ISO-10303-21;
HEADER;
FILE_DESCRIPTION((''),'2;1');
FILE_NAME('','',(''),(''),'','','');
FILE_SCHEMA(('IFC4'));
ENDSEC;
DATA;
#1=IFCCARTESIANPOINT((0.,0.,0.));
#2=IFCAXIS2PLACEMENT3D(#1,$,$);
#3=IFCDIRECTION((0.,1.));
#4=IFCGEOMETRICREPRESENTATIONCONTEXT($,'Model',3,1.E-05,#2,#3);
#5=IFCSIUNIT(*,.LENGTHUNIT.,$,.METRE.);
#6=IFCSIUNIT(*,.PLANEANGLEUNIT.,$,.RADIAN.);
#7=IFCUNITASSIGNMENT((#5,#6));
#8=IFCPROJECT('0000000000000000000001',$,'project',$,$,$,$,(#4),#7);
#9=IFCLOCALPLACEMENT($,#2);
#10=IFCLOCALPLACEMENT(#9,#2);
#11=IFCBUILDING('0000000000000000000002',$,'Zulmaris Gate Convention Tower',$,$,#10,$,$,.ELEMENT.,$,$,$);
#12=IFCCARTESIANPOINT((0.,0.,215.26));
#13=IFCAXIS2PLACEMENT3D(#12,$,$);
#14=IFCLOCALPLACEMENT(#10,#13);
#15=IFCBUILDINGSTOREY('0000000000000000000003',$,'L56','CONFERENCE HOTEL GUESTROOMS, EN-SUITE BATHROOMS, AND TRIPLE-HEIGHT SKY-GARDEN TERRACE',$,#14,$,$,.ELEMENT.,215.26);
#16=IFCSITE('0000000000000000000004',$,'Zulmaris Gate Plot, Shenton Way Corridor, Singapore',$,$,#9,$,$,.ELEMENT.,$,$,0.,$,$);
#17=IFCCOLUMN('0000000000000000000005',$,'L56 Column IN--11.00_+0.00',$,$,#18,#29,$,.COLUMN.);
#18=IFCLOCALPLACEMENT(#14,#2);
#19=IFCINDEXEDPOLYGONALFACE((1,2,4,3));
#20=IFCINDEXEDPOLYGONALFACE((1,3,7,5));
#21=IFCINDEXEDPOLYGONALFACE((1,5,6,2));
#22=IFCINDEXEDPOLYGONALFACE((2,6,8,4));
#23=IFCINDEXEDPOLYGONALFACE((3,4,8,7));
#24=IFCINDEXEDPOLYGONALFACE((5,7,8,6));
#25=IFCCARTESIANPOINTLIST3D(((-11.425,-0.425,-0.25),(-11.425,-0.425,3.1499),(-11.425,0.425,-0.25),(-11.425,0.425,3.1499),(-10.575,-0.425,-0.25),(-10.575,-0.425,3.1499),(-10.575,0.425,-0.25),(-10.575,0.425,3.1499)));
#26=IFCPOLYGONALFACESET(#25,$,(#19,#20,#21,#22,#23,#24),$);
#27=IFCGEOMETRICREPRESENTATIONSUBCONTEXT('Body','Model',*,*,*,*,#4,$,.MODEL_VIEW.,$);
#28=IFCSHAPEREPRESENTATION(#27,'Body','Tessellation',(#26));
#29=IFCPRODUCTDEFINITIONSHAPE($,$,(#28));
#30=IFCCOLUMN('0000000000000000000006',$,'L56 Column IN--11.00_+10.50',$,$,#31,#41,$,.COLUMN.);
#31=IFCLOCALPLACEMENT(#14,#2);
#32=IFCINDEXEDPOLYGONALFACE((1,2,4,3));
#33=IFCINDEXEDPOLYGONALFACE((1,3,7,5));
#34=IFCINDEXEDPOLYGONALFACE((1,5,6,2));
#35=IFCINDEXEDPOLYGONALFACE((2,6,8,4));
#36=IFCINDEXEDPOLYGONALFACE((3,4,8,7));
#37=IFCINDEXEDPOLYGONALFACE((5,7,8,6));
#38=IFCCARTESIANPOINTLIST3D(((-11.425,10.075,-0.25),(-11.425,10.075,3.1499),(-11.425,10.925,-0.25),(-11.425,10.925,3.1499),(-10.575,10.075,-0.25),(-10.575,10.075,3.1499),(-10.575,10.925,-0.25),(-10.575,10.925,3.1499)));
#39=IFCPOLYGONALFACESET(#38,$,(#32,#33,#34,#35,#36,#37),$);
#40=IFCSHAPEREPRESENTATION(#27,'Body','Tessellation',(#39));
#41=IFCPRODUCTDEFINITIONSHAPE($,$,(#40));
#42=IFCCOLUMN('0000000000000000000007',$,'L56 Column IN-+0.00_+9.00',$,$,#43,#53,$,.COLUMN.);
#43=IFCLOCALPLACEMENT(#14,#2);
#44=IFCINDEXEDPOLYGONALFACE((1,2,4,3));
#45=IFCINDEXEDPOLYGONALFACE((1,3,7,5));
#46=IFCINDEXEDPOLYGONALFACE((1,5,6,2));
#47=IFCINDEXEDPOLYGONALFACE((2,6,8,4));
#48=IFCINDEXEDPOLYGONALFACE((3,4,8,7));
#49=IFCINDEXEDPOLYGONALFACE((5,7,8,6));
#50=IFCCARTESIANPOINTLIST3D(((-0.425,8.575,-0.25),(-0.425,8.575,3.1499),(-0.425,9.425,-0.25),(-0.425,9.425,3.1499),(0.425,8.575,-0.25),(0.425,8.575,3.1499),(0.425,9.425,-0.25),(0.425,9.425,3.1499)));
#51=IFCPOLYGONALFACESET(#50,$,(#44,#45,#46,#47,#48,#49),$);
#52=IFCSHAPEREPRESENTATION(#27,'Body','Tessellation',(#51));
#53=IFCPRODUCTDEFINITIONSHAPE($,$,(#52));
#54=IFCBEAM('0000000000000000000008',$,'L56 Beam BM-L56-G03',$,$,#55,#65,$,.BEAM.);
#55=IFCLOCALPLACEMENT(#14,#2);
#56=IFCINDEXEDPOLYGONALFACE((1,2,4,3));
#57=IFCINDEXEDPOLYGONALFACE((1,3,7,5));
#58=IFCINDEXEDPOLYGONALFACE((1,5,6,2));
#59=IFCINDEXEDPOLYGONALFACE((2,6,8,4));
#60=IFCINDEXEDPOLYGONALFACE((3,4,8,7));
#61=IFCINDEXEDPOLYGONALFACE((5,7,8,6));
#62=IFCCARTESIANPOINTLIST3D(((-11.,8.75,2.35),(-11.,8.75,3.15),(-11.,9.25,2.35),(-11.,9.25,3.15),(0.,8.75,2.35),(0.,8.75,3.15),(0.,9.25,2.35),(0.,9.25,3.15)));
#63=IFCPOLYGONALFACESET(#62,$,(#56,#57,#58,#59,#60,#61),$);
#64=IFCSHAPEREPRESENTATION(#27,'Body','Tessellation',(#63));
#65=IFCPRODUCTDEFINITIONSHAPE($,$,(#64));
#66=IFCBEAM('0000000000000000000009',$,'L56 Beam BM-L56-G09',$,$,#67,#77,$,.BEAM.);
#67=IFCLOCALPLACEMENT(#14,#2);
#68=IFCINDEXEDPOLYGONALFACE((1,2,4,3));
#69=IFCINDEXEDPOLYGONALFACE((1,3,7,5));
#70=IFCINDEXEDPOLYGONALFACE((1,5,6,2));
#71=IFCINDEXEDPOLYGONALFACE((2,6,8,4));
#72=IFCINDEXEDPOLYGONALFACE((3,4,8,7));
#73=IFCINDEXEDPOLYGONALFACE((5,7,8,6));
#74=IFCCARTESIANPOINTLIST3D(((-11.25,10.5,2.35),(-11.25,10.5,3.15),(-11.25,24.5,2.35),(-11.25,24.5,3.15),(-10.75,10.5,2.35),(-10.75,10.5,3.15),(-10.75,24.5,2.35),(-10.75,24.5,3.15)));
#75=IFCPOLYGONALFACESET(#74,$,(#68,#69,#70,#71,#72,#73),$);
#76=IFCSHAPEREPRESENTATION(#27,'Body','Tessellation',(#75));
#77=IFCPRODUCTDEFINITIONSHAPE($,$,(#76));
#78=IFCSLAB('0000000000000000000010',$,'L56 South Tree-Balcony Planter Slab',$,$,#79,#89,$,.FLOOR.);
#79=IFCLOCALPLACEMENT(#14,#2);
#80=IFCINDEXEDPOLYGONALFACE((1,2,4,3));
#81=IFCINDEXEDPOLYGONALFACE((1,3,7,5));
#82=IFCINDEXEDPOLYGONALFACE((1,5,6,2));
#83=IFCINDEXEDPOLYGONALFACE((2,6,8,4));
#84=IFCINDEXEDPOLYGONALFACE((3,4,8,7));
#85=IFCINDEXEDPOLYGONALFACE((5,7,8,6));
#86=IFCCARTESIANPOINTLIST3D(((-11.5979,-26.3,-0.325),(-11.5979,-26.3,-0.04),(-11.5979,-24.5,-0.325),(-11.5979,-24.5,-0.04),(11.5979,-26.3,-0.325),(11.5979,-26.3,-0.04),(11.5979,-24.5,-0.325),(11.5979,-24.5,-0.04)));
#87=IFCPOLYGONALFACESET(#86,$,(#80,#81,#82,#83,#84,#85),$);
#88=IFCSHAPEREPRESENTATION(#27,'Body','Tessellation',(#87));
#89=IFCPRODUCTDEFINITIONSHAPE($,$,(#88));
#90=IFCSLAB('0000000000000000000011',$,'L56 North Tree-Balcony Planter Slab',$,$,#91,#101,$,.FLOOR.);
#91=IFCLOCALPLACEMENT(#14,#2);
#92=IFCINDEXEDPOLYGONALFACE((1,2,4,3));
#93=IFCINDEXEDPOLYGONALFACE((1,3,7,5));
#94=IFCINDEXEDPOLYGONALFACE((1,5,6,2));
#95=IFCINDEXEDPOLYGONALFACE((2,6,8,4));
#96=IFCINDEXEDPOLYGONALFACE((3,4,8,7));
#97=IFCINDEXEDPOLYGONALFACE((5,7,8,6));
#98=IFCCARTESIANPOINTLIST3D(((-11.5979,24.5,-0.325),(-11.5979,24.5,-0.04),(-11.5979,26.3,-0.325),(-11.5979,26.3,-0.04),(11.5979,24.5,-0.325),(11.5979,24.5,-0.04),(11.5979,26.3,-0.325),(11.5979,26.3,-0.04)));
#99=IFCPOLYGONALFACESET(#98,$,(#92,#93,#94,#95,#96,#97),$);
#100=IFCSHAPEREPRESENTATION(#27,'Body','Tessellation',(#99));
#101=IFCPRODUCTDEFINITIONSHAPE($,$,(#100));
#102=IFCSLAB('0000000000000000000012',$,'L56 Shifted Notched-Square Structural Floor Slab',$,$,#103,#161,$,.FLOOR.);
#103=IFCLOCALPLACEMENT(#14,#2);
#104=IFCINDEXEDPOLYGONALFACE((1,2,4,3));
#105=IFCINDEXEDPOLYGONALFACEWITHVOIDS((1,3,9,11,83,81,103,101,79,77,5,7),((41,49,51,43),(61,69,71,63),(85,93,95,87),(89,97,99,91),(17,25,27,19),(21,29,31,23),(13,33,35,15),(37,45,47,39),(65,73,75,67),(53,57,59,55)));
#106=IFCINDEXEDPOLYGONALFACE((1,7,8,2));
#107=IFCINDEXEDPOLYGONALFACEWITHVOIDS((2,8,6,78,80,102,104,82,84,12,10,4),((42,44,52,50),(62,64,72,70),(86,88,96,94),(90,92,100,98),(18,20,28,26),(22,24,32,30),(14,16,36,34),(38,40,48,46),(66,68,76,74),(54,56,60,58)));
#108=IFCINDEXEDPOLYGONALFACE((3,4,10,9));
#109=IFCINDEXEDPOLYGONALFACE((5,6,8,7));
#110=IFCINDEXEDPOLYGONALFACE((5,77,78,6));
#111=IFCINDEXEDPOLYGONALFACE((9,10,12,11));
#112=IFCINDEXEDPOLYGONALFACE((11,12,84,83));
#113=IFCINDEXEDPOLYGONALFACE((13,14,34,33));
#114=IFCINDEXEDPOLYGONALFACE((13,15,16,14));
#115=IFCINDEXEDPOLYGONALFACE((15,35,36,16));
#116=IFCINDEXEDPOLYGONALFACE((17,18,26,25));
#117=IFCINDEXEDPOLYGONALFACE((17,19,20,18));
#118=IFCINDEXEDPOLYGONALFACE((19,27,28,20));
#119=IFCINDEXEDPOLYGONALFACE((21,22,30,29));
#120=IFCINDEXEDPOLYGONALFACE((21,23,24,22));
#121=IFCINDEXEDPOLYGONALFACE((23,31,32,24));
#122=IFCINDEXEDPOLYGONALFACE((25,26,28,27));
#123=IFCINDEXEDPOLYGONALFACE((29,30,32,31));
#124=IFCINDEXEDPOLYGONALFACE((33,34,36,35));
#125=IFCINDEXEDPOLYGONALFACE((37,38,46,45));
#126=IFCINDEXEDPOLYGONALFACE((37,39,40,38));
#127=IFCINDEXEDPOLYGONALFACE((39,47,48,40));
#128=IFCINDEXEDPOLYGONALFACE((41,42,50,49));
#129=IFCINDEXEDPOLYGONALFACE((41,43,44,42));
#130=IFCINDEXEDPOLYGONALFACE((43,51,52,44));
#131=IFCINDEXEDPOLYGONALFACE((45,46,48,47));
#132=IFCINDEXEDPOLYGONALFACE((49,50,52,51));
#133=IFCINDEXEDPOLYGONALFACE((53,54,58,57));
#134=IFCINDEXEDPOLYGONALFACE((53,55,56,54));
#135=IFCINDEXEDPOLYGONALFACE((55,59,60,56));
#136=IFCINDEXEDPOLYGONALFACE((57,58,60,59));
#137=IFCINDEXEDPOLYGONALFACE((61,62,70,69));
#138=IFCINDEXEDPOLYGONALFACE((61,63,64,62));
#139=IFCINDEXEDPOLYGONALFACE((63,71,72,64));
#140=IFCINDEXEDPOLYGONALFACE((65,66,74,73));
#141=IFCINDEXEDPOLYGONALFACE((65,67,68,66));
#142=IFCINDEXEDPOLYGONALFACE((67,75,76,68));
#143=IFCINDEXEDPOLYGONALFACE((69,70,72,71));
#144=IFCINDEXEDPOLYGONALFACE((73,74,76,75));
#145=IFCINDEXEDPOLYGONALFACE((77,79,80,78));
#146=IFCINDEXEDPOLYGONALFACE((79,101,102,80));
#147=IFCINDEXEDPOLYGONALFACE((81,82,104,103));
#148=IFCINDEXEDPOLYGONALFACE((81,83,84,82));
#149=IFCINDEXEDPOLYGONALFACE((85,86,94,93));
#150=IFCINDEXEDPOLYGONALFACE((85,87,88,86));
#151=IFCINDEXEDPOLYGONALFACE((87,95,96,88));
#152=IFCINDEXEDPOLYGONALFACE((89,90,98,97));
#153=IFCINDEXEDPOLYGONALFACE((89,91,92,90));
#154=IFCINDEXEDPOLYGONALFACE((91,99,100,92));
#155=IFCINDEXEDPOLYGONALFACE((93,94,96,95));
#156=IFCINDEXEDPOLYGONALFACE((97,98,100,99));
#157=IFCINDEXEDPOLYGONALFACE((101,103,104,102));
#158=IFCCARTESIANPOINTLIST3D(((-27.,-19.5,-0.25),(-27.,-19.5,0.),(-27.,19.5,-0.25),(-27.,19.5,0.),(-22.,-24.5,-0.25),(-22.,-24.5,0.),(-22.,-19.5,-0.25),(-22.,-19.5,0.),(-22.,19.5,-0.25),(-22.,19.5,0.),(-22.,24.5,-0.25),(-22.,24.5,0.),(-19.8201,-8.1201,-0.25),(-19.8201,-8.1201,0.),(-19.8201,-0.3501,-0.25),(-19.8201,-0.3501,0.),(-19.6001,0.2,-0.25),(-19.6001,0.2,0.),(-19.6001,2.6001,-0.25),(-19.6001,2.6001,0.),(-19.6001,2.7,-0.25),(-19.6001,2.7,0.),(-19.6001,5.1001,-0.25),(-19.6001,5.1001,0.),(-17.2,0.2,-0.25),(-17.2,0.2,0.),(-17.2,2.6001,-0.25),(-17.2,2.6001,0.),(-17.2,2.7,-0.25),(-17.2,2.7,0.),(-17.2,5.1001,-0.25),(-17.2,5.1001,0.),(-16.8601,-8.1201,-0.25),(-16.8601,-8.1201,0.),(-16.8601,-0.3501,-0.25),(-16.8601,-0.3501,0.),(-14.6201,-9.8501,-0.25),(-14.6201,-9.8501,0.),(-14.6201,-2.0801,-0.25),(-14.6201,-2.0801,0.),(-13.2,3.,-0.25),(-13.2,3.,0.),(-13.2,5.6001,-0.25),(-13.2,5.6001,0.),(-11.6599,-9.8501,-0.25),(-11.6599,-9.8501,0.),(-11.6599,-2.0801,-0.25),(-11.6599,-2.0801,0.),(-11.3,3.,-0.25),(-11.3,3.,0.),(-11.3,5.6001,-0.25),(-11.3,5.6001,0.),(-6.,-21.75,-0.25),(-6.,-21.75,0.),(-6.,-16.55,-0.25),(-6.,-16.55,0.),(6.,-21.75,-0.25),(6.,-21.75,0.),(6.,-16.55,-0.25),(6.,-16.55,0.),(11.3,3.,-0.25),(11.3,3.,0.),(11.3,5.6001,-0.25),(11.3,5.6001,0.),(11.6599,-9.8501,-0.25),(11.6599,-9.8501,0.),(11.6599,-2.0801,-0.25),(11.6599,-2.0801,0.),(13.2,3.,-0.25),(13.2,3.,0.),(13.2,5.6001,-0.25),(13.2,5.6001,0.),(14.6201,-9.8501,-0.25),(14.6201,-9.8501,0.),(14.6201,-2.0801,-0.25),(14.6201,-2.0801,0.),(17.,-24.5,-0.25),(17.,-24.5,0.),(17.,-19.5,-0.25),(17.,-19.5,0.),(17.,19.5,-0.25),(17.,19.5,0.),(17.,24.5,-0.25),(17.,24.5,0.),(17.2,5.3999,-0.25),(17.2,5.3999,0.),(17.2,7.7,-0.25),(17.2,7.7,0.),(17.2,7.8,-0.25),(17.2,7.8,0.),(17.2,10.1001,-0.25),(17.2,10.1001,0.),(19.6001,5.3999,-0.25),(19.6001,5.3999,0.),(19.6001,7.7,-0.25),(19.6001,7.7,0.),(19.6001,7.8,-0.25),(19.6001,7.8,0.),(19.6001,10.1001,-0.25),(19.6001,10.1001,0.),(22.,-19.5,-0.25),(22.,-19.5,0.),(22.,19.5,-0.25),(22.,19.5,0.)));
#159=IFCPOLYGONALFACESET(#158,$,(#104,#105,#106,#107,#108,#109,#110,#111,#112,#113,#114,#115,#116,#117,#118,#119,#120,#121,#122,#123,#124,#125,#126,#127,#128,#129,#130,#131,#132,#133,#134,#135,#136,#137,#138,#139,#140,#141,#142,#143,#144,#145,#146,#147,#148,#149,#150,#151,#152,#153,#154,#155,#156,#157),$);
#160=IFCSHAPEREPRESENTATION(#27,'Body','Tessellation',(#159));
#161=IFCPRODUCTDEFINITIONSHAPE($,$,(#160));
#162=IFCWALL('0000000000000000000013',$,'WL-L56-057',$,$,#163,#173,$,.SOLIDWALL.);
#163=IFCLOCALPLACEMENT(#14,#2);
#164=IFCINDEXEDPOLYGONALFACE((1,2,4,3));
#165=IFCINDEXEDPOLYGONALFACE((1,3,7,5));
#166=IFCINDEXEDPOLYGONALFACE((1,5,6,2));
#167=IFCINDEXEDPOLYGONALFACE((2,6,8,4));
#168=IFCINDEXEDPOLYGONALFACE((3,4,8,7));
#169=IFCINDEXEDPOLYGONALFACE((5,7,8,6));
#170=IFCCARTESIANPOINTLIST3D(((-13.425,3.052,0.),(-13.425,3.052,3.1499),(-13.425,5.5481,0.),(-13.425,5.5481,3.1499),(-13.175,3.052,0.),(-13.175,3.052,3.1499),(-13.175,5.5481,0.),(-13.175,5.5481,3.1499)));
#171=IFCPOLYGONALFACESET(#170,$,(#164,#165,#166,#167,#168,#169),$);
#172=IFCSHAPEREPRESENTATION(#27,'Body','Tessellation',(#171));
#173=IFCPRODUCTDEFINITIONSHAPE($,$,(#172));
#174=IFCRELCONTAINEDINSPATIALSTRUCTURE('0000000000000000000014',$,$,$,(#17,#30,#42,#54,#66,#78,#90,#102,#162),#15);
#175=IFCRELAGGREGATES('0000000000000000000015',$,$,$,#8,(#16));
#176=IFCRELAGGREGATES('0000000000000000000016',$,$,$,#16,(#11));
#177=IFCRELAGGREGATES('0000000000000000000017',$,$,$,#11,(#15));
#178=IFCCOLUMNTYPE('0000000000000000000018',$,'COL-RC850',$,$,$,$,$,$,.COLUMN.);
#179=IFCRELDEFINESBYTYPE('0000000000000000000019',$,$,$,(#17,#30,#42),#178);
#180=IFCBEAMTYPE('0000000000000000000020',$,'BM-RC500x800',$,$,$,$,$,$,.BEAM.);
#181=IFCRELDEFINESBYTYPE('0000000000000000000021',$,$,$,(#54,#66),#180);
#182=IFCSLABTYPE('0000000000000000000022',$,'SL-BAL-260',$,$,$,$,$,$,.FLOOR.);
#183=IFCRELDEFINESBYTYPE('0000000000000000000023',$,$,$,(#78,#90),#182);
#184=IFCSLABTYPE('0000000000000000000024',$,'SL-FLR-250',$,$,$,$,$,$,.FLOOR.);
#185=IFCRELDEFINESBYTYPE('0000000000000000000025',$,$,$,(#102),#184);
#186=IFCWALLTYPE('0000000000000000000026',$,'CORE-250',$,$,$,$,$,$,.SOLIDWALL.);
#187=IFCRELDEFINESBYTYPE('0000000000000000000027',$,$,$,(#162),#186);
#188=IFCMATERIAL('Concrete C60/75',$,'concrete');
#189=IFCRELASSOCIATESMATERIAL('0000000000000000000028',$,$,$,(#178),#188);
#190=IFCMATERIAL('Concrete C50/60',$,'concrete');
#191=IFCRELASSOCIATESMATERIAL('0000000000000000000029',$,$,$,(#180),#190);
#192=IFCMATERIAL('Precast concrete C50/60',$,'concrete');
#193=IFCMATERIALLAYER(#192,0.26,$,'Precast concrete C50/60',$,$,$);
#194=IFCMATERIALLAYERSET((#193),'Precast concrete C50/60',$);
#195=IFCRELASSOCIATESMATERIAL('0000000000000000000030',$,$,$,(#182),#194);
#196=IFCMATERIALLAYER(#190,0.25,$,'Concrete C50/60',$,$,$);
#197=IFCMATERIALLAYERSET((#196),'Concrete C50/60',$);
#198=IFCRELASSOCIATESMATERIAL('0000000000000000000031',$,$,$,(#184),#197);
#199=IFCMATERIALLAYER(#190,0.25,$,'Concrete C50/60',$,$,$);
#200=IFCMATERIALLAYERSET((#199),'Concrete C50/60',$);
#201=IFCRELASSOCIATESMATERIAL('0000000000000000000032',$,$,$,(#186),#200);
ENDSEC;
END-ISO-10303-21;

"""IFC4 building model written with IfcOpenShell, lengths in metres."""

from ifc_helpers import new_model, si_unit, direction, frame, frame_2d, origin, origin_2d, place, context, subcontext, project, spatial, polyline, rectangle, outline, extrude, material, layer, layer_set, material_profile, profile_set, type_object, element, save


model = new_model("IFC4")

# Units and contexts
model_context = context("Model", 3, precision=1e-05, world=origin(), true_north=direction((0.0, 1.0)))
body_context = subcontext(model_context, "Body", "Model", "MODEL_VIEW")
ifc_project = project(units=[si_unit("LENGTHUNIT", "METRE"), si_unit("PLANEANGLEUNIT", "RADIAN")], contexts=[model_context])

# Site, building, storey
site_placement = place(None, origin())
site = spatial("IfcSite", under=ifc_project, at=site_placement, Name="Zulmaris Gate Plot, Shenton Way Corridor, Singapore", CompositionType="ELEMENT", RefElevation=0.0)
building_placement = place(site_placement, origin())
building = spatial("IfcBuilding", under=site, at=building_placement, Name="Zulmaris Gate Convention Tower", CompositionType="ELEMENT")
storey_placement = place(building_placement, frame((0.0, 0.0, 215.26)))
storey = spatial("IfcBuildingStorey", under=building, at=storey_placement, Name="L56", Description="CONFERENCE HOTEL GUESTROOMS, EN-SUITE BATHROOMS, AND TRIPLE-HEIGHT SKY-GARDEN TERRACE", CompositionType="ELEMENT", Elevation=215.26)

# Columns
ifc_material_1 = material(Name="Concrete C60/75", Category="concrete")
ifc_material_profile_1 = material_profile(ifc_material_1, rectangle(XDim=0.8501, YDim=0.8501, at=origin_2d()), Name="RC COL 850x850")
ifc_profile_set_1 = profile_set([ifc_material_profile_1], Name="Concrete C60/75")
column_type = type_object("IfcColumnType", Name="COL-RC850", PredefinedType="COLUMN", material=ifc_profile_set_1)
for number, where, z_axis, x_axis, name in (
    (1, (-11.0, 0.0, -0.25), (0.0, 0.0, 1.0), (1.0, 0.0, 0.0), "L56 Column IN--11.00_+0.00"),
    (2, (-11.0, 10.5, -0.25), (0.0, 0.0, 1.0), (1.0, 0.0, 0.0), "L56 Column IN--11.00_+10.50"),
    (3, (0.0, 9.0, -0.25), (0.0, 0.0, 1.0), (1.0, 0.0, 0.0), "L56 Column IN-+0.00_+9.00"),
):
    element("IfcColumn", number, at=place(storey_placement, frame(where, z_axis=z_axis, x_axis=x_axis)), inside=storey, type_object=column_type, Name=name, PredefinedType="COLUMN", context=body_context, shape_type="SweptSolid", body=[
        extrude(rectangle(XDim=0.8501, YDim=0.8501, at=origin_2d()), origin(), (0.0, 0.0, 1.0), 3.3999),
    ])

# Beams
ifc_material_2 = material(Name="Concrete C50/60", Category="concrete")
ifc_material_profile_2 = material_profile(ifc_material_2, rectangle(XDim=0.5, YDim=0.8, at=origin_2d()), Name="RC BEAM 500x800")
ifc_profile_set_2 = profile_set([ifc_material_profile_2], Name="Concrete C50/60")
beam_type = type_object("IfcBeamType", Name="BM-RC500x800", PredefinedType="BEAM", material=ifc_profile_set_2)
beam_1_placement = place(storey_placement, frame((-11.0, 9.0, 2.75), z_axis=(1.0, 0.0, 0.0), x_axis=(0.0, 1.0, 0.0)))
element("IfcBeam", 4, at=beam_1_placement, inside=storey, type_object=beam_type, Name="L56 Beam BM-L56-G03", PredefinedType="BEAM", context=body_context, shape_type="SweptSolid", body=[
    extrude(rectangle(XDim=0.5, YDim=0.8, at=origin_2d()), origin(), (0.0, 0.0, 1.0), 11.0),
])
beam_2_placement = place(storey_placement, frame((-11.0, 10.5, 2.75), z_axis=(0.0, 1.0, 0.0), x_axis=(-1.0, 0.0, 0.0)))
element("IfcBeam", 5, at=beam_2_placement, inside=storey, type_object=beam_type, Name="L56 Beam BM-L56-G09", PredefinedType="BEAM", context=body_context, shape_type="SweptSolid", body=[
    extrude(rectangle(XDim=0.5, YDim=0.8, at=origin_2d()), origin(), (0.0, 0.0, 1.0), 14.0),
])

# Slabs
ifc_material_3 = material(Name="Precast concrete C50/60", Category="concrete")
ifc_layer_1 = layer(ifc_material_3, 0.26, Name="Precast concrete C50/60")
ifc_layer_set_1 = layer_set([ifc_layer_1], Name="Precast concrete C50/60")
slab_type_1 = type_object("IfcSlabType", Name="SL-BAL-260", PredefinedType="FLOOR", material=ifc_layer_set_1)
slab_1_placement = place(storey_placement, frame((0.0, 0.0, -0.325)))
element("IfcSlab", 6, at=slab_1_placement, inside=storey, type_object=slab_type_1, Name="L56 South Tree-Balcony Planter Slab", PredefinedType="FLOOR", context=body_context, shape_type="SweptSolid", body=[
    extrude(outline(polyline([(-11.5979, -26.3), (-11.5979, -24.5), (11.5979, -24.5), (11.5979, -26.3), (-11.5979, -26.3)])), origin(), (0.0, 0.0, 1.0), 0.2849),
])
slab_2_placement = place(storey_placement, frame((0.0, 0.0, -0.325)))
element("IfcSlab", 7, at=slab_2_placement, inside=storey, type_object=slab_type_1, Name="L56 North Tree-Balcony Planter Slab", PredefinedType="FLOOR", context=body_context, shape_type="SweptSolid", body=[
    extrude(outline(polyline([(11.5979, 26.3), (11.5979, 24.5), (-11.5979, 24.5), (-11.5979, 26.3), (11.5979, 26.3)])), origin(), (0.0, 0.0, 1.0), 0.2849),
])
ifc_layer_2 = layer(ifc_material_2, 0.25, Name="Concrete C50/60")
ifc_layer_set_2 = layer_set([ifc_layer_2], Name="Concrete C50/60")
slab_type_2 = type_object("IfcSlabType", Name="SL-FLR-250", PredefinedType="FLOOR", material=ifc_layer_set_2)
slab_3_placement = place(storey_placement, frame((0.0, 0.0, -0.25)))
element("IfcSlab", 8, at=slab_3_placement, inside=storey, type_object=slab_type_2, Name="L56 Shifted Notched-Square Structural Floor Slab", PredefinedType="FLOOR", context=body_context, shape_type="SweptSolid", body=[
    extrude(outline(polyline([(-22.0, -24.5), (17.0, -24.5), (17.0, -19.5), (22.0, -19.5), (22.0, 19.5), (17.0, 19.5), (17.0, 24.5), (-22.0, 24.5), (-22.0, 19.5), (-27.0, 19.5), (-27.0, -19.5), (-22.0, -19.5), (-22.0, -24.5)]), holes=[polyline([(-14.6201, -2.0801), (-14.6201, -9.8501), (-11.6599, -9.8501), (-11.6599, -2.0801), (-14.6201, -2.0801)]), polyline([(11.6599, -2.0801), (11.6599, -9.8501), (14.6201, -9.8501), (14.6201, -2.0801), (11.6599, -2.0801)]), polyline([(-16.8601, -8.1201), (-16.8601, -0.3501), (-19.8201, -0.3501), (-19.8201, -8.1201), (-16.8601, -8.1201)]), polyline([(-13.2, 3.0), (-11.3, 3.0), (-11.3, 5.6001), (-13.2, 5.6001), (-13.2, 3.0)]), polyline([(11.3, 3.0), (13.2, 3.0), (13.2, 5.6001), (11.3, 5.6001), (11.3, 3.0)]), polyline([(17.2, 5.3999), (19.6001, 5.3999), (19.6001, 7.7), (17.2, 7.7), (17.2, 5.3999)]), polyline([(17.2, 7.8), (19.6001, 7.8), (19.6001, 10.1001), (17.2, 10.1001), (17.2, 7.8)]), polyline([(-19.6001, 0.2), (-17.2, 0.2), (-17.2, 2.6001), (-19.6001, 2.6001), (-19.6001, 0.2)]), polyline([(-19.6001, 2.7), (-17.2, 2.7), (-17.2, 5.1001), (-19.6001, 5.1001), (-19.6001, 2.7)]), polyline([(-6.0, -21.75), (6.0, -21.75), (6.0, -16.55), (-6.0, -16.55), (-6.0, -21.75)])]), origin(), (0.0, 0.0, 1.0), 0.25),
])

# Wall
ifc_layer_3 = layer(ifc_material_2, 0.25, Name="Concrete C50/60")
ifc_layer_set_3 = layer_set([ifc_layer_3], Name="Concrete C50/60")
wall_type_1 = type_object("IfcWallType", Name="CORE-250", PredefinedType="SOLIDWALL", material=ifc_layer_set_3)
wall_1_placement = place(storey_placement, frame((-13.3, 3.052, 0.0), z_axis=(0.0, 0.0, 1.0), x_axis=(0.0, 1.0, 0.0)))
element("IfcWall", 9, at=wall_1_placement, inside=storey, type_object=wall_type_1, Name="WL-L56-057", PredefinedType="SOLIDWALL", context=body_context, shape_type="SweptSolid", body=[
    extrude(rectangle(XDim=2.4961, YDim=0.25, at=frame_2d((1.248, 0.0))), origin(), (0.0, 0.0, 1.0), 3.1499),
])

save(model, "model.ifc")
